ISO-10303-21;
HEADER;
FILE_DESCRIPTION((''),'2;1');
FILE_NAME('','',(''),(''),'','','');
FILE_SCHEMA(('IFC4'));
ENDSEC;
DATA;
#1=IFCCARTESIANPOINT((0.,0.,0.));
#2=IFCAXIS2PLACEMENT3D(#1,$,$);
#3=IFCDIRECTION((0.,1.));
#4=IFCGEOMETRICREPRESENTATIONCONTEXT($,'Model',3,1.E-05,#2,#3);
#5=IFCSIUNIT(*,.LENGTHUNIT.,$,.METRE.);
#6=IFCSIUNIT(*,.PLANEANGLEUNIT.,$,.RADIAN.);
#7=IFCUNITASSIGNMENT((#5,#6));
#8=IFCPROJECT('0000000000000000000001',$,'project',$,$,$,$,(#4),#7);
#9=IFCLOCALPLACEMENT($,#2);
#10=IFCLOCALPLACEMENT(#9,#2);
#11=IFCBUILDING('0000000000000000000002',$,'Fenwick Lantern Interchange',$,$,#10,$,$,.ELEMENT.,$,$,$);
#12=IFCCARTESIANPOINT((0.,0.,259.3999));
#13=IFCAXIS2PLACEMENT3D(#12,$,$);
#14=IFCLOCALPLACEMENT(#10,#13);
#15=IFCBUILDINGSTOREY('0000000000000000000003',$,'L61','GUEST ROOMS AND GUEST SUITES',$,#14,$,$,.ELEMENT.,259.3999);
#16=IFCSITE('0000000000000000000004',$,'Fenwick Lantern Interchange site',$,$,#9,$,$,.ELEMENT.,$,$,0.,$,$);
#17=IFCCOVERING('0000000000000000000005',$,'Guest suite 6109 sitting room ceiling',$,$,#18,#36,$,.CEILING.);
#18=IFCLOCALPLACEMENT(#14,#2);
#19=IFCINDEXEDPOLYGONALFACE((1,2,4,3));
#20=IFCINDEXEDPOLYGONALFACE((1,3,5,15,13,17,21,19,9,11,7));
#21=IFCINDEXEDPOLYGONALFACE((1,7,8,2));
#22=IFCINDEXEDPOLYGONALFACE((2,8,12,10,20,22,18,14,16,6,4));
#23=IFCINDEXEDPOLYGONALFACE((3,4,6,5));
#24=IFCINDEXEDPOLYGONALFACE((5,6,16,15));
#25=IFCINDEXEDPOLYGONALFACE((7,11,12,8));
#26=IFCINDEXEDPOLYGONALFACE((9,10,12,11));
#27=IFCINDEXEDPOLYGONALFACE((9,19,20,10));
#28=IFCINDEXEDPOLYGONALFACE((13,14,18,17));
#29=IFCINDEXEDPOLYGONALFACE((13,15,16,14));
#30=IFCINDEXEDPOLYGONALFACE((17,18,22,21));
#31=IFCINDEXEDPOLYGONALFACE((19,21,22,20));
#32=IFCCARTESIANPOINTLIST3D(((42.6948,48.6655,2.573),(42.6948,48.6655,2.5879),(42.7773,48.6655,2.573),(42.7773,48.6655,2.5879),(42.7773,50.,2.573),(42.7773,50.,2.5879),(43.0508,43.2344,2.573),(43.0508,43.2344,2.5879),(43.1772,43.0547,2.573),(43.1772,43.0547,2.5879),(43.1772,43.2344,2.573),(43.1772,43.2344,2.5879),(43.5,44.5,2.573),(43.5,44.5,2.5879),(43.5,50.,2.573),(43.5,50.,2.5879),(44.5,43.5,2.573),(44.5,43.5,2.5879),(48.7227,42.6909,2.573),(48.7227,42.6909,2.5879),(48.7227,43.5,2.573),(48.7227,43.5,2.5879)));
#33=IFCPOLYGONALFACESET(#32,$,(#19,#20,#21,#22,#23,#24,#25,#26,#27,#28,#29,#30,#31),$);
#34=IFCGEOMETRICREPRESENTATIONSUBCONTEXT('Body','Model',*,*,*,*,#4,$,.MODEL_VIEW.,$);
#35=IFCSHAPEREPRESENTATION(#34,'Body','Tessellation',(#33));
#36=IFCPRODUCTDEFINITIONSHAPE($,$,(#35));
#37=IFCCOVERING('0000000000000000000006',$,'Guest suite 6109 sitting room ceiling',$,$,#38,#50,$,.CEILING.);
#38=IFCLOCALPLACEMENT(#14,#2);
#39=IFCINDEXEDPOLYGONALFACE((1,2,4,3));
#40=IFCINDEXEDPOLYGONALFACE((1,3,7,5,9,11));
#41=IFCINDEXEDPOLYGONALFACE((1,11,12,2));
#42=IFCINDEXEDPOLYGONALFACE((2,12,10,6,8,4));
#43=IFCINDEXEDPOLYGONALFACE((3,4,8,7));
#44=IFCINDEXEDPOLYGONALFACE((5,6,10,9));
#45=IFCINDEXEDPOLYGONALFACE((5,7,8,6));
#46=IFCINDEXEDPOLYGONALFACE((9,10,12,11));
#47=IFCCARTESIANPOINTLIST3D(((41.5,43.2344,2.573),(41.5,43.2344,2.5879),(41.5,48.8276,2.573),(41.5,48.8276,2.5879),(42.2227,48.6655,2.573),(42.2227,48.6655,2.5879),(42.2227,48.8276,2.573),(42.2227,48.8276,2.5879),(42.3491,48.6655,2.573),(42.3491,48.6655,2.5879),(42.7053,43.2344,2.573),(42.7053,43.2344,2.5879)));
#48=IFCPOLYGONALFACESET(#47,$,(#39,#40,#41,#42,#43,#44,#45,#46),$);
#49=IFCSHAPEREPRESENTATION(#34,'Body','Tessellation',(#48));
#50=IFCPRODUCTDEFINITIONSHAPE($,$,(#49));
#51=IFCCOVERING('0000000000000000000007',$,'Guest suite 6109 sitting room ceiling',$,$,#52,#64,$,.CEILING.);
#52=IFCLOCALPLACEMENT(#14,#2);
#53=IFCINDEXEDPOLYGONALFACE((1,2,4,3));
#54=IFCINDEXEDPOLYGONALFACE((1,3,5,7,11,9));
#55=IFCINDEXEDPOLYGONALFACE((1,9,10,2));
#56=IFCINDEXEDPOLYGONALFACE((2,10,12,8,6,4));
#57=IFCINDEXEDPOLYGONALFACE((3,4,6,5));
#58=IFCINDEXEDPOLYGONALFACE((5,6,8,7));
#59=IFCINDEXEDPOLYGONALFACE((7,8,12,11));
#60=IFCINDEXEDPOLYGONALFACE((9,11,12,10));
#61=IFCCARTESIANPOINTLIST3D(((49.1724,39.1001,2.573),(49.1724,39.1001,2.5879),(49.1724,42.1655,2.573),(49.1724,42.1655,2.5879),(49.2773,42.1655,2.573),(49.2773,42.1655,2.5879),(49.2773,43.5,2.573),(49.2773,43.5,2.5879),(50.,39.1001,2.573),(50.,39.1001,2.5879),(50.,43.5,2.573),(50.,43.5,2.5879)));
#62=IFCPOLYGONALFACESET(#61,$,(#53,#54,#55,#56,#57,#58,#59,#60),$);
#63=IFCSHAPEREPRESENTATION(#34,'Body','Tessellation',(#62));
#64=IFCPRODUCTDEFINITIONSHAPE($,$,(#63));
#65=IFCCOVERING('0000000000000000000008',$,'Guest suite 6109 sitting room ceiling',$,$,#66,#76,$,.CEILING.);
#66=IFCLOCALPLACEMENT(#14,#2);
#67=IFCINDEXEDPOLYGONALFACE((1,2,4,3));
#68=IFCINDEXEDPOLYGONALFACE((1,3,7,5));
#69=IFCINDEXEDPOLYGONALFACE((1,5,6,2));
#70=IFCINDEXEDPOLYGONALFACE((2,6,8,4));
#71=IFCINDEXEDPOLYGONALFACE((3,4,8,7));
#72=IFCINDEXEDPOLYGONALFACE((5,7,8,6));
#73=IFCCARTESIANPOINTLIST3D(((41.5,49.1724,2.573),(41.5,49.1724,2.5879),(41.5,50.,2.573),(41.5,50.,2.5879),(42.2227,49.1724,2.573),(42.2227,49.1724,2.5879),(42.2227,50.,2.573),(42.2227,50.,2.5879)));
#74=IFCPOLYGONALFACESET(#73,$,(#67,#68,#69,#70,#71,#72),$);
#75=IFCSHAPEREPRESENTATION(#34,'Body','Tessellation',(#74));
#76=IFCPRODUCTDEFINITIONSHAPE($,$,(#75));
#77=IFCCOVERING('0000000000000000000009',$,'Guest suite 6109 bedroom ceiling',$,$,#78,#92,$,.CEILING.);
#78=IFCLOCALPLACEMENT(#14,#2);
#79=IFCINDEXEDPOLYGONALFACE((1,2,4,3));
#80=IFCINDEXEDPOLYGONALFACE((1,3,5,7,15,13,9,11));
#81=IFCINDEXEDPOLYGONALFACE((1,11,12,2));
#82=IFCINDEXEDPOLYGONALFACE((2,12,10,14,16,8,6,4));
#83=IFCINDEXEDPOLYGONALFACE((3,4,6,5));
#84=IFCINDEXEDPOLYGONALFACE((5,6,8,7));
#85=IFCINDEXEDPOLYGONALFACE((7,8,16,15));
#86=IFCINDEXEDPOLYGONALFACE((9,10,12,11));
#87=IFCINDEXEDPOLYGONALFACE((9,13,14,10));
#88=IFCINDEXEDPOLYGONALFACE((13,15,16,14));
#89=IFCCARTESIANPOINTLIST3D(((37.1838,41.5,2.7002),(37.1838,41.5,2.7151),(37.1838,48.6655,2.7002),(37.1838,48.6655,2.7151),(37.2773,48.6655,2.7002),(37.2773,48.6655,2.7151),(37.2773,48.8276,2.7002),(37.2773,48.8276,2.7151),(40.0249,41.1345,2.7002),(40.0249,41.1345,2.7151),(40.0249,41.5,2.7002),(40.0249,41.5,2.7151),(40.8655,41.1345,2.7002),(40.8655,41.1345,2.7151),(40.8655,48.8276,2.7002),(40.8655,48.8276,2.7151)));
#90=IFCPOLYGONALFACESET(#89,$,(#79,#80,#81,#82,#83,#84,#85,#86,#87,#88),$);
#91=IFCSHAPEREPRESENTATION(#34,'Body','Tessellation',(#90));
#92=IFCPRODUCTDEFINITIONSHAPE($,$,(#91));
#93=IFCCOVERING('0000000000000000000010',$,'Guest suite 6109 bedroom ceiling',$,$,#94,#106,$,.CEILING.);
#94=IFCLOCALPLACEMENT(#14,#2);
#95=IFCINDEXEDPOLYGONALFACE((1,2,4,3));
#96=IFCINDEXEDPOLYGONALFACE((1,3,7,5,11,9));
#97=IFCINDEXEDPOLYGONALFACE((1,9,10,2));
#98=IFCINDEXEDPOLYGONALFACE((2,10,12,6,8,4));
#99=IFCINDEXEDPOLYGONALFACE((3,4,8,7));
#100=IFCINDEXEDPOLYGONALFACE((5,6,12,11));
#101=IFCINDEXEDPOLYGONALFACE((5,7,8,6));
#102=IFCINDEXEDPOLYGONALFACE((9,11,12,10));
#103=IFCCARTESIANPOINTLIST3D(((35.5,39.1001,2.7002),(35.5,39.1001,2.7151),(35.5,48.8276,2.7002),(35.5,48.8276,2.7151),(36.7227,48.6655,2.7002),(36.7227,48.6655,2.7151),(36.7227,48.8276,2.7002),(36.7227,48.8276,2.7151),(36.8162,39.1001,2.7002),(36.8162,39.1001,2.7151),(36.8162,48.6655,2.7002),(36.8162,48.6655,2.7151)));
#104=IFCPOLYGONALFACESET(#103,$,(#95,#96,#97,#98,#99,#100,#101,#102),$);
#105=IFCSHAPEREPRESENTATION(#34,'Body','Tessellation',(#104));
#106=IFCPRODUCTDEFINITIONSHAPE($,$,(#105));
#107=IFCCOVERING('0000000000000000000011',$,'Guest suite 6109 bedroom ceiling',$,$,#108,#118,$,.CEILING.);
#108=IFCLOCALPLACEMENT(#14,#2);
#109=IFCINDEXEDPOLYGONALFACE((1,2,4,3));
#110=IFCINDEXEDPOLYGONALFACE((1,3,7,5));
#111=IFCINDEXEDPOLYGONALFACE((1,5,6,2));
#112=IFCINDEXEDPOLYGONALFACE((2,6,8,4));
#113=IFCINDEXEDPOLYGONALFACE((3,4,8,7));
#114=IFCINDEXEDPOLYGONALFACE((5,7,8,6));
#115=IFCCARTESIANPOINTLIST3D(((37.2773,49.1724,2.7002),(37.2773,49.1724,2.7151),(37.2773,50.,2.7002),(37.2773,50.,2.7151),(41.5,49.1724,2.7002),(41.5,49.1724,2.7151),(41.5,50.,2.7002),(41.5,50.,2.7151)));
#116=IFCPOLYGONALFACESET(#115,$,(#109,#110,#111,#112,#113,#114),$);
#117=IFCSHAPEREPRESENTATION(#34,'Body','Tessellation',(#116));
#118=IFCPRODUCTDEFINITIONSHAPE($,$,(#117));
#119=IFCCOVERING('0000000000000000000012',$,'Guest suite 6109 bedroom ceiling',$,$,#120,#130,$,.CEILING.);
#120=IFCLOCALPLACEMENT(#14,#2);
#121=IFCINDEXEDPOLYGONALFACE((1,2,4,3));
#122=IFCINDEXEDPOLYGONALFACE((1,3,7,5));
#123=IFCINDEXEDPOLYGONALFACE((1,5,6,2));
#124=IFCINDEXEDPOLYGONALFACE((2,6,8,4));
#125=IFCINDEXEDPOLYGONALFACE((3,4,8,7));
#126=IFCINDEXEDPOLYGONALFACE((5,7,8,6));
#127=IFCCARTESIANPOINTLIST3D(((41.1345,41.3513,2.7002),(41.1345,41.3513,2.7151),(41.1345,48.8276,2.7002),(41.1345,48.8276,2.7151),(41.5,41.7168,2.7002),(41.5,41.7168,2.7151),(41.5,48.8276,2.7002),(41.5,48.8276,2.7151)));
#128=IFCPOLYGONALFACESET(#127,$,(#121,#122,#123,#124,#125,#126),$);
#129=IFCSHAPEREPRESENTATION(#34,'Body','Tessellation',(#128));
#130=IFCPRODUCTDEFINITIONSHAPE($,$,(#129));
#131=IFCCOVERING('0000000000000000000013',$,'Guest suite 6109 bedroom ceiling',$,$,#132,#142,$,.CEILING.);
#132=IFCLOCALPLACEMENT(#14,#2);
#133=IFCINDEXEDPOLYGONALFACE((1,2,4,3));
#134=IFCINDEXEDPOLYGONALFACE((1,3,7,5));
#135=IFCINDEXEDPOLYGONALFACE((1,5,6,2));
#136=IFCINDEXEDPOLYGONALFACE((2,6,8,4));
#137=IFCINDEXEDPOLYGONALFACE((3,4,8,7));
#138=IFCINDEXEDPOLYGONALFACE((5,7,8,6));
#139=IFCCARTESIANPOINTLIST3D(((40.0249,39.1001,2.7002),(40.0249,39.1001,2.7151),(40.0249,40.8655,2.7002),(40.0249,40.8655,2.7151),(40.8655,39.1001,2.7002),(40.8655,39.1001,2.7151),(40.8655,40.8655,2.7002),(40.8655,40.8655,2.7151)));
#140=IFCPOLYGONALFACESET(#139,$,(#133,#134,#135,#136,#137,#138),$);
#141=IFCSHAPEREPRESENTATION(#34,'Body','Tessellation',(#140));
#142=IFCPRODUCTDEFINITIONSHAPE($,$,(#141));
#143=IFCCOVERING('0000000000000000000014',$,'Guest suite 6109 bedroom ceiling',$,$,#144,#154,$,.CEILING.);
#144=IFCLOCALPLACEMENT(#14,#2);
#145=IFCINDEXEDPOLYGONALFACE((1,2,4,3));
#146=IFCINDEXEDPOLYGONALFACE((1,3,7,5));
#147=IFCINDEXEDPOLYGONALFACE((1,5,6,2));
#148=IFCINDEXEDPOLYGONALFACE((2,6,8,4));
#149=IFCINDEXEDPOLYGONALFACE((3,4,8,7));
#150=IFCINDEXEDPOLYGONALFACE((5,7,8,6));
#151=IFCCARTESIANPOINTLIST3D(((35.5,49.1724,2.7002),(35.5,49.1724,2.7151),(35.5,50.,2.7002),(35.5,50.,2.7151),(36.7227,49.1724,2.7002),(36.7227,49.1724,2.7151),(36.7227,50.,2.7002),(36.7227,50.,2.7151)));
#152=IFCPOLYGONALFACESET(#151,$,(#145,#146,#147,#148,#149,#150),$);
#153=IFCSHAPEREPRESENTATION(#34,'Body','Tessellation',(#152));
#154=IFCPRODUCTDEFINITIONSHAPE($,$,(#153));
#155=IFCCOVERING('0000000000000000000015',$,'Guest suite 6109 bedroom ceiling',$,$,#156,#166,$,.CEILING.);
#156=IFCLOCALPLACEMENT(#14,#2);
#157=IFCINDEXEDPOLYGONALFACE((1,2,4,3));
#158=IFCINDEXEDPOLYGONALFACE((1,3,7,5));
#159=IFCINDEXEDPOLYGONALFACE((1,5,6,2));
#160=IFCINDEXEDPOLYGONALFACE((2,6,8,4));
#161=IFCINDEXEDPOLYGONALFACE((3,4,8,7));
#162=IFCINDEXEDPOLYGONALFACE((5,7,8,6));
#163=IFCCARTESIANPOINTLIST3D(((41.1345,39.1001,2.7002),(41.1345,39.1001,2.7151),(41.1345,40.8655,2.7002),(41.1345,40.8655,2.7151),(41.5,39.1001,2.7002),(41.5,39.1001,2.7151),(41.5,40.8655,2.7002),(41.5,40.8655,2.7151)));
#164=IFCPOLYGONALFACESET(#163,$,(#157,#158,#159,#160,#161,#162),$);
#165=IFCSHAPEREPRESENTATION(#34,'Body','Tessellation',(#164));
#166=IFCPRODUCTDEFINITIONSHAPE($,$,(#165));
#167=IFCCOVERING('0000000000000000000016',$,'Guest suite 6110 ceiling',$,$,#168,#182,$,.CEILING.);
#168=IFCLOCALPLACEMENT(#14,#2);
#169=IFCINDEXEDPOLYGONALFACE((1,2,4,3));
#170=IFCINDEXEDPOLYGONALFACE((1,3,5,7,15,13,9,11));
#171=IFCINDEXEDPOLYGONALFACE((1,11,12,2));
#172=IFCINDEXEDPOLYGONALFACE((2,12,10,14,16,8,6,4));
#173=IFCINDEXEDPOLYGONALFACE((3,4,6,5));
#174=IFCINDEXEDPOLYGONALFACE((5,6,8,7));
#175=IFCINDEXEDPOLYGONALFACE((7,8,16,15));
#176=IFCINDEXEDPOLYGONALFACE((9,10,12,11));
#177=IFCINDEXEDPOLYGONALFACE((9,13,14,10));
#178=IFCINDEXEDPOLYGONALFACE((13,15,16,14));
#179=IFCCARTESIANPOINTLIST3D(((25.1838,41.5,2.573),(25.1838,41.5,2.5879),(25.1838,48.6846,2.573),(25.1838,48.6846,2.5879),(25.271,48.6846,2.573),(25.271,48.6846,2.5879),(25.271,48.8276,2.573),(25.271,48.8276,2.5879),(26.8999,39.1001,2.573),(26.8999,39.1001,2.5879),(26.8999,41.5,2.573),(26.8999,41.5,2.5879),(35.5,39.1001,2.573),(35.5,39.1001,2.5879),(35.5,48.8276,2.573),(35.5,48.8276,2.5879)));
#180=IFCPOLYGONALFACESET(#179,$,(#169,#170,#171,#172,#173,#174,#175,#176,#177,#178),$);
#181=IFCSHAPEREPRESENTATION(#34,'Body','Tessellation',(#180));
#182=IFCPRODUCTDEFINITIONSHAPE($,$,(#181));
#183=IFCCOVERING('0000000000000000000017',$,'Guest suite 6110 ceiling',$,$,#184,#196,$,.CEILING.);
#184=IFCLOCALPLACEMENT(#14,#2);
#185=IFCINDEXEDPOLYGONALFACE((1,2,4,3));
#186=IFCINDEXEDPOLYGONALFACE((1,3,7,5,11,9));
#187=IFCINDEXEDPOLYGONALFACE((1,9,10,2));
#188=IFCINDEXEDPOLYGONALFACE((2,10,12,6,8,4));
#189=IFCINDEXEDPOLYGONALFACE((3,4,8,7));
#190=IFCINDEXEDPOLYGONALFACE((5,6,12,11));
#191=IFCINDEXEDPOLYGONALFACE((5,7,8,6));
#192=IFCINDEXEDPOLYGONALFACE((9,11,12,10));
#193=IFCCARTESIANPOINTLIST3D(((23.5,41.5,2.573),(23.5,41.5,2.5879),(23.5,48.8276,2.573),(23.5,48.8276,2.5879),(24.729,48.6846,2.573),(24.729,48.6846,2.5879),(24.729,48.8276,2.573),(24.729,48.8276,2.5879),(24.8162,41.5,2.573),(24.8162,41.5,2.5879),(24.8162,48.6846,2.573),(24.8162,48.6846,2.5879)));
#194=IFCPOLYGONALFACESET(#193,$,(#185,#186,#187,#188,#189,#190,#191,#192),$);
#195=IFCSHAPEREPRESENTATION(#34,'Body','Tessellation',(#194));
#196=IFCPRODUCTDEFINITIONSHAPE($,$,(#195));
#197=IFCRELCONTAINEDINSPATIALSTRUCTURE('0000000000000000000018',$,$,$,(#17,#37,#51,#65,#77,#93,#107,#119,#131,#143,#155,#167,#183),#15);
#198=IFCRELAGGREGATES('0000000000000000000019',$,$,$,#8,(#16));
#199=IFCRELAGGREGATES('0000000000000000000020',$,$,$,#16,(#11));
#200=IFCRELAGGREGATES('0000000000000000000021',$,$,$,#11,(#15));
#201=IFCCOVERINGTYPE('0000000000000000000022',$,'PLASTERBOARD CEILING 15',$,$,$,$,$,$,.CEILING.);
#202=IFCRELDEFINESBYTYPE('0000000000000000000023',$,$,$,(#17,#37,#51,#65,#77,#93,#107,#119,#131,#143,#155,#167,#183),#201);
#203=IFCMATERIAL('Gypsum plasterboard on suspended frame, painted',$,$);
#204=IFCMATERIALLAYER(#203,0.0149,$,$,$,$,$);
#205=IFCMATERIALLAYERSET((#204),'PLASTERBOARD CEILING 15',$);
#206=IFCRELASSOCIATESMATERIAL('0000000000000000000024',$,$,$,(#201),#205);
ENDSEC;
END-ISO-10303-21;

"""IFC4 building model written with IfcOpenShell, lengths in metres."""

from ifc_helpers import new_model, si_unit, direction, frame, origin, place, context, subcontext, project, spatial, polyline, outline, extrude, material, layer, layer_set, type_object, element, save


model = new_model("IFC4")

# Units and contexts
model_context = context("Model", 3, precision=1e-05, world=origin(), true_north=direction((0.0, 1.0)))
body_context = subcontext(model_context, "Body", "Model", "MODEL_VIEW")
ifc_project = project(units=[si_unit("LENGTHUNIT", "METRE"), si_unit("PLANEANGLEUNIT", "RADIAN")], contexts=[model_context])

# Site, building, storey
site_placement = place(None, origin())
site = spatial("IfcSite", under=ifc_project, at=site_placement, Name="Fenwick Lantern Interchange site", CompositionType="ELEMENT", RefElevation=0.0)
building_placement = place(site_placement, origin())
building = spatial("IfcBuilding", under=site, at=building_placement, Name="Fenwick Lantern Interchange", CompositionType="ELEMENT")
storey_placement = place(building_placement, frame((0.0, 0.0, 259.3999)))
storey = spatial("IfcBuildingStorey", under=building, at=storey_placement, Name="L61", Description="GUEST ROOMS AND GUEST SUITES", CompositionType="ELEMENT", Elevation=259.3999)

# Coverings
ifc_material_1 = material(Name="Gypsum plasterboard on suspended frame, painted")
ifc_layer_1 = layer(ifc_material_1, 0.0149)
ifc_layer_set_1 = layer_set([ifc_layer_1], Name="PLASTERBOARD CEILING 15")
covering_type_1 = type_object("IfcCoveringType", Name="PLASTERBOARD CEILING 15", PredefinedType="CEILING", material=ifc_layer_set_1)
covering_1_placement = place(storey_placement, frame((0.0, 0.0, 2.573)))
element("IfcCovering", 1, at=covering_1_placement, inside=storey, type_object=covering_type_1, Name="Guest suite 6109 sitting room ceiling", PredefinedType="CEILING", context=body_context, shape_type="SweptSolid", body=[
    extrude(outline(polyline([(43.1772, 43.2344), (43.1772, 43.0547), (48.7227, 42.6909), (48.7227, 43.5), (44.5, 43.5), (43.5, 44.5), (43.5, 50.0), (42.7773, 50.0), (42.7773, 48.6655), (42.6948, 48.6655), (43.0508, 43.2344), (43.1772, 43.2344)])), origin(), (0.0, 0.0, 1.0), 0.0149),
])
covering_2_placement = place(storey_placement, frame((0.0, 0.0, 2.573)))
element("IfcCovering", 2, at=covering_2_placement, inside=storey, type_object=covering_type_1, Name="Guest suite 6109 sitting room ceiling", PredefinedType="CEILING", context=body_context, shape_type="SweptSolid", body=[
    extrude(outline(polyline([(41.5, 43.2344), (42.7053, 43.2344), (42.3491, 48.6655), (42.2227, 48.6655), (42.2227, 48.8276), (41.5, 48.8276), (41.5, 43.2344)])), origin(), (0.0, 0.0, 1.0), 0.0149),
])
covering_3_placement = place(storey_placement, frame((0.0, 0.0, 2.573)))
element("IfcCovering", 3, at=covering_3_placement, inside=storey, type_object=covering_type_1, Name="Guest suite 6109 sitting room ceiling", PredefinedType="CEILING", context=body_context, shape_type="SweptSolid", body=[
    extrude(outline(polyline([(49.2773, 42.1655), (49.1724, 42.1655), (49.1724, 39.1001), (50.0, 39.1001), (50.0, 43.5), (49.2773, 43.5), (49.2773, 42.1655)])), origin(), (0.0, 0.0, 1.0), 0.0149),
])
covering_4_placement = place(storey_placement, frame((0.0, 0.0, 2.573)))
element("IfcCovering", 4, at=covering_4_placement, inside=storey, type_object=covering_type_1, Name="Guest suite 6109 sitting room ceiling", PredefinedType="CEILING", context=body_context, shape_type="SweptSolid", body=[
    extrude(outline(polyline([(41.5, 50.0), (41.5, 49.1724), (42.2227, 49.1724), (42.2227, 50.0), (41.5, 50.0)])), origin(), (0.0, 0.0, 1.0), 0.0149),
])
covering_5_placement = place(storey_placement, frame((0.0, 0.0, 2.7002)))
element("IfcCovering", 5, at=covering_5_placement, inside=storey, type_object=covering_type_1, Name="Guest suite 6109 bedroom ceiling", PredefinedType="CEILING", context=body_context, shape_type="SweptSolid", body=[
    extrude(outline(polyline([(37.2773, 48.6655), (37.1838, 48.6655), (37.1838, 41.5), (40.0249, 41.5), (40.0249, 41.1345), (40.8655, 41.1345), (40.8655, 48.8276), (37.2773, 48.8276), (37.2773, 48.6655)])), origin(), (0.0, 0.0, 1.0), 0.0149),
])
covering_6_placement = place(storey_placement, frame((0.0, 0.0, 2.7002)))
element("IfcCovering", 6, at=covering_6_placement, inside=storey, type_object=covering_type_1, Name="Guest suite 6109 bedroom ceiling", PredefinedType="CEILING", context=body_context, shape_type="SweptSolid", body=[
    extrude(outline(polyline([(36.7227, 48.6655), (36.7227, 48.8276), (35.5, 48.8276), (35.5, 39.1001), (36.8162, 39.1001), (36.8162, 48.6655), (36.7227, 48.6655)])), origin(), (0.0, 0.0, 1.0), 0.0149),
])
covering_7_placement = place(storey_placement, frame((0.0, 0.0, 2.7002)))
element("IfcCovering", 7, at=covering_7_placement, inside=storey, type_object=covering_type_1, Name="Guest suite 6109 bedroom ceiling", PredefinedType="CEILING", context=body_context, shape_type="SweptSolid", body=[
    extrude(outline(polyline([(37.2773, 50.0), (37.2773, 49.1724), (41.5, 49.1724), (41.5, 50.0), (37.2773, 50.0)])), origin(), (0.0, 0.0, 1.0), 0.0149),
])
covering_8_placement = place(storey_placement, frame((0.0, 0.0, 2.7002)))
element("IfcCovering", 8, at=covering_8_placement, inside=storey, type_object=covering_type_1, Name="Guest suite 6109 bedroom ceiling", PredefinedType="CEILING", context=body_context, shape_type="SweptSolid", body=[
    extrude(outline(polyline([(41.5, 41.7168), (41.5, 48.8276), (41.1345, 48.8276), (41.1345, 41.3513), (41.5, 41.7168)])), origin(), (0.0, 0.0, 1.0), 0.0149),
])
covering_9_placement = place(storey_placement, frame((0.0, 0.0, 2.7002)))
element("IfcCovering", 9, at=covering_9_placement, inside=storey, type_object=covering_type_1, Name="Guest suite 6109 bedroom ceiling", PredefinedType="CEILING", context=body_context, shape_type="SweptSolid", body=[
    extrude(outline(polyline([(40.0249, 39.1001), (40.8655, 39.1001), (40.8655, 40.8655), (40.0249, 40.8655), (40.0249, 39.1001)])), origin(), (0.0, 0.0, 1.0), 0.0149),
])
covering_10_placement = place(storey_placement, frame((0.0, 0.0, 2.7002)))
element("IfcCovering", 10, at=covering_10_placement, inside=storey, type_object=covering_type_1, Name="Guest suite 6109 bedroom ceiling", PredefinedType="CEILING", context=body_context, shape_type="SweptSolid", body=[
    extrude(outline(polyline([(36.7227, 50.0), (35.5, 50.0), (35.5, 49.1724), (36.7227, 49.1724), (36.7227, 50.0)])), origin(), (0.0, 0.0, 1.0), 0.0149),
])
covering_11_placement = place(storey_placement, frame((0.0, 0.0, 2.7002)))
element("IfcCovering", 11, at=covering_11_placement, inside=storey, type_object=covering_type_1, Name="Guest suite 6109 bedroom ceiling", PredefinedType="CEILING", context=body_context, shape_type="SweptSolid", body=[
    extrude(outline(polyline([(41.5, 39.1001), (41.5, 40.8655), (41.1345, 40.8655), (41.1345, 39.1001), (41.5, 39.1001)])), origin(), (0.0, 0.0, 1.0), 0.0149),
])
covering_12_placement = place(storey_placement, frame((0.0, 0.0, 2.573)))
element("IfcCovering", 12, at=covering_12_placement, inside=storey, type_object=covering_type_1, Name="Guest suite 6110 ceiling", PredefinedType="CEILING", context=body_context, shape_type="SweptSolid", body=[
    extrude(outline(polyline([(25.271, 48.6846), (25.1838, 48.6846), (25.1838, 41.5), (26.8999, 41.5), (26.8999, 39.1001), (35.5, 39.1001), (35.5, 48.8276), (25.271, 48.8276), (25.271, 48.6846)])), origin(), (0.0, 0.0, 1.0), 0.0149),
])
covering_13_placement = place(storey_placement, frame((0.0, 0.0, 2.573)))
element("IfcCovering", 13, at=covering_13_placement, inside=storey, type_object=covering_type_1, Name="Guest suite 6110 ceiling", PredefinedType="CEILING", context=body_context, shape_type="SweptSolid", body=[
    extrude(outline(polyline([(24.729, 48.6846), (24.729, 48.8276), (23.5, 48.8276), (23.5, 41.5), (24.8162, 41.5), (24.8162, 48.6846), (24.729, 48.6846)])), origin(), (0.0, 0.0, 1.0), 0.0149),
])

save(model, "model.ifc")
